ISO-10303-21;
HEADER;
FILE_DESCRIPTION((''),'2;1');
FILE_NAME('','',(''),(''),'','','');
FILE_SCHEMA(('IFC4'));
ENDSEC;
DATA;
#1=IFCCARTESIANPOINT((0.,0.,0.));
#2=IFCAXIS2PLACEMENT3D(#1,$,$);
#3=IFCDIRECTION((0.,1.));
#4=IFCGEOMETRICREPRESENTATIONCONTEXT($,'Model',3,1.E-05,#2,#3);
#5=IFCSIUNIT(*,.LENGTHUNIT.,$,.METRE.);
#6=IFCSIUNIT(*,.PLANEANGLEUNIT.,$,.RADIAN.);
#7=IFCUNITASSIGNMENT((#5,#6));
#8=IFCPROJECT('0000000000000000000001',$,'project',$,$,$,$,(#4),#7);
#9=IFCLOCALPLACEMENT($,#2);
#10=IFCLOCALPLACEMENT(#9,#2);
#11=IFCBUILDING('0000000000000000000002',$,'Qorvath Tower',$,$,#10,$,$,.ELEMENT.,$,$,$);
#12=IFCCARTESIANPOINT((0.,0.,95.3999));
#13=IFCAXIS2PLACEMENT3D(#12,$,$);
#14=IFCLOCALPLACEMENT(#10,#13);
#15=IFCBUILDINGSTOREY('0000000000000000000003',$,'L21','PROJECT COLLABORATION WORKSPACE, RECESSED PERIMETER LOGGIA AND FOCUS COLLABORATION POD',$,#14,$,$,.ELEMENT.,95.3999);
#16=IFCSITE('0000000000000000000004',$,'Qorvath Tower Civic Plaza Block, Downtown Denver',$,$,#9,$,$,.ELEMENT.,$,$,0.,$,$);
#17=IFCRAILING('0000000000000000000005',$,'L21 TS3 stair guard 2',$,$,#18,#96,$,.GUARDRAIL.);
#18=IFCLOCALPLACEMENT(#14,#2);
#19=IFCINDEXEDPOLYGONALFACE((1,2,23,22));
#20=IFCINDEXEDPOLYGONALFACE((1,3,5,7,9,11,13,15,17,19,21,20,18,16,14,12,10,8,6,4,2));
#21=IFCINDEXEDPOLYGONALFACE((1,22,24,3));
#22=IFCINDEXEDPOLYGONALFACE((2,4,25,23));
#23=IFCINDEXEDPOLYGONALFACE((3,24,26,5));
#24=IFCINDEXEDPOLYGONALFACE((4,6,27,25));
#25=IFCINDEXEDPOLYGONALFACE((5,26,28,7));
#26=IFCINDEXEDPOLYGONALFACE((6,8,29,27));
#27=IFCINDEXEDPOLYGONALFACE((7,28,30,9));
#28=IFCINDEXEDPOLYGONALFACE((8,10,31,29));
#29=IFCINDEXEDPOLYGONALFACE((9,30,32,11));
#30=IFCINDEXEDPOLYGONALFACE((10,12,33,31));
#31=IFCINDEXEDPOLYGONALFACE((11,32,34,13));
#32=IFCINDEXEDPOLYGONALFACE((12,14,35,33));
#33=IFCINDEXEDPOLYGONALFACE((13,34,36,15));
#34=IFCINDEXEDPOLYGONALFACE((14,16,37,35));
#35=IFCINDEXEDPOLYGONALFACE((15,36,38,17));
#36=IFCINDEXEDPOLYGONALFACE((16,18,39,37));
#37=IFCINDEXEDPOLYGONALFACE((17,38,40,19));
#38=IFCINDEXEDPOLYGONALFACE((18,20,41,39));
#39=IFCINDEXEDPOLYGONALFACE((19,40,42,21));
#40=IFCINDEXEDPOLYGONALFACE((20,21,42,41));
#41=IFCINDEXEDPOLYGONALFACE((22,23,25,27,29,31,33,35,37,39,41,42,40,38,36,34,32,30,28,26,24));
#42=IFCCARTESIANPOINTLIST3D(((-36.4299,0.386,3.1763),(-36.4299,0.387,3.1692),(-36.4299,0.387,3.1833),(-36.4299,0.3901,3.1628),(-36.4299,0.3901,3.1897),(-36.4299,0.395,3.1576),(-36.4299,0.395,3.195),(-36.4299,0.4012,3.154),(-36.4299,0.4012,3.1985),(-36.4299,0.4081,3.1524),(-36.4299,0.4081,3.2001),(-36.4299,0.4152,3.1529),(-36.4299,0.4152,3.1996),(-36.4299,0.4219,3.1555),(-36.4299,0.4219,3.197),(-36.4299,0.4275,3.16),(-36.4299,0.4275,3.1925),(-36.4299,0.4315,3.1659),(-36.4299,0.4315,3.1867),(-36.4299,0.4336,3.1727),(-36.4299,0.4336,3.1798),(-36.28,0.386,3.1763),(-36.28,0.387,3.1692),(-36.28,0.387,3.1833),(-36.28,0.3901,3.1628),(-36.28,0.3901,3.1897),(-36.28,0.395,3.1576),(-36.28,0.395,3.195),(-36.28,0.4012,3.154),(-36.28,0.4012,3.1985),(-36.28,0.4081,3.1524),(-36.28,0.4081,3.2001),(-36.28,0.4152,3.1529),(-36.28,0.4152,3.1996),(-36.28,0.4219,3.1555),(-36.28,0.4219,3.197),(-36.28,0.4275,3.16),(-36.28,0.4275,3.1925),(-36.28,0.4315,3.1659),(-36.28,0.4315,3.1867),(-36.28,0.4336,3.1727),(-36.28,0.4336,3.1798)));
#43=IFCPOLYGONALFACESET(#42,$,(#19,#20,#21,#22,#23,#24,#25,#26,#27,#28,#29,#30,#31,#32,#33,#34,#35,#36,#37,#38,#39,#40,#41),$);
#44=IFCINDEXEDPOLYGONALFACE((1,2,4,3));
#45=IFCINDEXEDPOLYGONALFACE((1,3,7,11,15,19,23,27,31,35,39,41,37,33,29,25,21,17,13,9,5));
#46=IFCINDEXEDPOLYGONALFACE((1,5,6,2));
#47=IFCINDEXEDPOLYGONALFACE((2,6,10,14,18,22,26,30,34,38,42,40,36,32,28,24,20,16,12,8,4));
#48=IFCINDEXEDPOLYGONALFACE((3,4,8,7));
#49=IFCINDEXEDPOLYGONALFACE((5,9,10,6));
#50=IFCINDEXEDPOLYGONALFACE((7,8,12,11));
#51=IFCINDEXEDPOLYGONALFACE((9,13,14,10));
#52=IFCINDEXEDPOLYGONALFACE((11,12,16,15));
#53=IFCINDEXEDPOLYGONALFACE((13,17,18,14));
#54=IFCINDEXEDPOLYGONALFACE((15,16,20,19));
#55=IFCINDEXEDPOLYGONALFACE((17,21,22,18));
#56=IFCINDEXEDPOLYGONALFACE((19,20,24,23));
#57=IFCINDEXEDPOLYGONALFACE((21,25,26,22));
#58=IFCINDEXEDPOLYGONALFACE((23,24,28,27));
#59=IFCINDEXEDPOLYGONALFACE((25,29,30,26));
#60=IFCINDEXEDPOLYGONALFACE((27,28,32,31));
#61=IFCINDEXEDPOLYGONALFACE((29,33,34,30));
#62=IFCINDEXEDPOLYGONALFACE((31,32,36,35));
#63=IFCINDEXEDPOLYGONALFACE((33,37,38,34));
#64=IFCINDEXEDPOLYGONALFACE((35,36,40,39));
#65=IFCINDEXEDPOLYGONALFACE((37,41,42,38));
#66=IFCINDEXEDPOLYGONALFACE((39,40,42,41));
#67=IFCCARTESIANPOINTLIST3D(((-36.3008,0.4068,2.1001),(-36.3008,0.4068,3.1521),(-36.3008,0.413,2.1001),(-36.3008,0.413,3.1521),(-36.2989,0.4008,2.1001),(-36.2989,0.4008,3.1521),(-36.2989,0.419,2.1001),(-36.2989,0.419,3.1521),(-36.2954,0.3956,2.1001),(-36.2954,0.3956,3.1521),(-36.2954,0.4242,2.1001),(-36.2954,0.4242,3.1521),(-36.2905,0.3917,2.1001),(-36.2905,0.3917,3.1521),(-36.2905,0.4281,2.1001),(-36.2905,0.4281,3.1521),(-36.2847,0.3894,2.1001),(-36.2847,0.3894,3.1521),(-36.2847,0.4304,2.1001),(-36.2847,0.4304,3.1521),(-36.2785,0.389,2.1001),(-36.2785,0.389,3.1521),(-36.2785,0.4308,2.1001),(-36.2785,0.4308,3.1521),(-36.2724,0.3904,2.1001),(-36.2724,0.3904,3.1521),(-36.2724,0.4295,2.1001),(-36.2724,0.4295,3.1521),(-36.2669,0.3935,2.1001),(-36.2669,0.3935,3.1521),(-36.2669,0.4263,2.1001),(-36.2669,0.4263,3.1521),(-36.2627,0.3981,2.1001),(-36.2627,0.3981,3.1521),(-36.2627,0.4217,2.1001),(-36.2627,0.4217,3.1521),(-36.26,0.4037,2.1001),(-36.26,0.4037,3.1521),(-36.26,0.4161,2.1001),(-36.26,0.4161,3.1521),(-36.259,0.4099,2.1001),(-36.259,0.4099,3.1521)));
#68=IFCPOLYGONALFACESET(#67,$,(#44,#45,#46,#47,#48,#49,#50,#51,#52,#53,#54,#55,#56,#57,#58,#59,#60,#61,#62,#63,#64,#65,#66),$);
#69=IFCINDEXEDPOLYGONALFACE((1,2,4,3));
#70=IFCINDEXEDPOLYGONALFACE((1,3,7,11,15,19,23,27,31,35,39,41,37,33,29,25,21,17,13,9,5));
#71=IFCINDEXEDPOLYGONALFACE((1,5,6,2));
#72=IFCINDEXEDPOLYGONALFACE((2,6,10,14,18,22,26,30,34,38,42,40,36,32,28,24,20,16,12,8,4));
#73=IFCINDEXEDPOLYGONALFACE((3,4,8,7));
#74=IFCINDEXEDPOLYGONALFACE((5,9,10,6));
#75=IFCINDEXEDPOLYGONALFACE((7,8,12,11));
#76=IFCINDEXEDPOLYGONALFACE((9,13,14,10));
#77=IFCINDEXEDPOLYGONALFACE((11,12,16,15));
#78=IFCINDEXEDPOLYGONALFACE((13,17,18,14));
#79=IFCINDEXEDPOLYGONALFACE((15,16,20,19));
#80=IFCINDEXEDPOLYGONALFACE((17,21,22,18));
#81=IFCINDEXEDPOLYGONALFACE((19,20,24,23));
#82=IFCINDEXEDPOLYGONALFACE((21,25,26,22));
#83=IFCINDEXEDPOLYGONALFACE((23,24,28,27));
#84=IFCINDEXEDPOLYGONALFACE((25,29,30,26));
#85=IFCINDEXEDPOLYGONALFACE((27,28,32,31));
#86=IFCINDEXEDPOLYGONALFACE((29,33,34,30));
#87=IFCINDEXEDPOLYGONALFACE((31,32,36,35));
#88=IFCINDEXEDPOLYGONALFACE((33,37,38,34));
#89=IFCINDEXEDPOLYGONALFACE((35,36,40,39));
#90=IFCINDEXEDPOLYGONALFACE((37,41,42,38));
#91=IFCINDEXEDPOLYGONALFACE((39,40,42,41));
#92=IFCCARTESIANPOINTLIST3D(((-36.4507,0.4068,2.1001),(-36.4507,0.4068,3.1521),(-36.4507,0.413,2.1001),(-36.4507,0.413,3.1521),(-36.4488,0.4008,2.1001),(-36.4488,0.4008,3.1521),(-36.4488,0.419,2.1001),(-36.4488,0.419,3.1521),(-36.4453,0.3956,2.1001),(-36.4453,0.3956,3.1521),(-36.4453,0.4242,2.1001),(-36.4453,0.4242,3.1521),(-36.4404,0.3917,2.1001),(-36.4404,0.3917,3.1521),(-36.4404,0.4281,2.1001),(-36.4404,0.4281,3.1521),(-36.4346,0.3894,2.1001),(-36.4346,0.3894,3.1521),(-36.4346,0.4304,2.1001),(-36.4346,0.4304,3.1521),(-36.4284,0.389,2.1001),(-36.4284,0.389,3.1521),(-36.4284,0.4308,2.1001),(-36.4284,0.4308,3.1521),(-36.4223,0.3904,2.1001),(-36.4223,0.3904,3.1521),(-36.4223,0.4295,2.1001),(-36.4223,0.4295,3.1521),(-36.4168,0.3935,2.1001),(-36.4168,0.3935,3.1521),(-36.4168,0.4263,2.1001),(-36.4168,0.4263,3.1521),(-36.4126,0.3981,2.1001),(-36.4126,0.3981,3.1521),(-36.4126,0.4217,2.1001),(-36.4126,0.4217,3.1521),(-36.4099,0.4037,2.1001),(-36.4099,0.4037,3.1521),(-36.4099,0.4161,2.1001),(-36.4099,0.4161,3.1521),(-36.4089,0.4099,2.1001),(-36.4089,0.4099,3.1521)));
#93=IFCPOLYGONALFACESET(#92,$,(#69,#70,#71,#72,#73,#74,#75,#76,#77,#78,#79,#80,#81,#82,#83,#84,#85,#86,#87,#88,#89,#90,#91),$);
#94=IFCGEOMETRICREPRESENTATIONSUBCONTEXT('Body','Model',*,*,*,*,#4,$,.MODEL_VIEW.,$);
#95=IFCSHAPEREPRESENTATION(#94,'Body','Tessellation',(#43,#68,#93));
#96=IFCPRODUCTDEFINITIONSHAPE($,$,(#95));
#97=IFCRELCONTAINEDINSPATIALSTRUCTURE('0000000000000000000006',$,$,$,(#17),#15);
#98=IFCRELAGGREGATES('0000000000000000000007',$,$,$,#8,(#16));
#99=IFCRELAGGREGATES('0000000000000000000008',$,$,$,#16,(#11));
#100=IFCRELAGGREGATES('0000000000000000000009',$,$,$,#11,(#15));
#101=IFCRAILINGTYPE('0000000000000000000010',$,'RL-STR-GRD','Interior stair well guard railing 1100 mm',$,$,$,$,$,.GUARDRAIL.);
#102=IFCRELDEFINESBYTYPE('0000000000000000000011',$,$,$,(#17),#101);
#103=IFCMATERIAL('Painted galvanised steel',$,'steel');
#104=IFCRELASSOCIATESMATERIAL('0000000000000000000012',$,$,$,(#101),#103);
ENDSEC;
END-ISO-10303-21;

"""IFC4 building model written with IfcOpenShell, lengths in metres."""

from ifc_helpers import new_model, si_unit, direction, frame, origin, origin_2d, place, context, subcontext, project, spatial, circle, extrude, material, type_object, element, save


model = new_model("IFC4")

# Units and contexts
model_context = context("Model", 3, precision=1e-05, world=origin(), true_north=direction((0.0, 1.0)))
body_context = subcontext(model_context, "Body", "Model", "MODEL_VIEW")
ifc_project = project(units=[si_unit("LENGTHUNIT", "METRE"), si_unit("PLANEANGLEUNIT", "RADIAN")], contexts=[model_context])

# Site, building, storey
site_placement = place(None, origin())
site = spatial("IfcSite", under=ifc_project, at=site_placement, Name="Qorvath Tower Civic Plaza Block, Downtown Denver", CompositionType="ELEMENT", RefElevation=0.0)
building_placement = place(site_placement, origin())
building = spatial("IfcBuilding", under=site, at=building_placement, Name="Qorvath Tower", CompositionType="ELEMENT")
storey_placement = place(building_placement, frame((0.0, 0.0, 95.3999)))
storey = spatial("IfcBuildingStorey", under=building, at=storey_placement, Name="L21", Description="PROJECT COLLABORATION WORKSPACE, RECESSED PERIMETER LOGGIA AND FOCUS COLLABORATION POD", CompositionType="ELEMENT", Elevation=95.3999)

# Railing
ifc_material_1 = material(Name="Painted galvanised steel", Category="steel")
railing_type_1 = type_object("IfcRailingType", Name="RL-STR-GRD", Description="Interior stair well guard railing 1100 mm", PredefinedType="GUARDRAIL", material=ifc_material_1)
railing_1_placement = place(storey_placement, frame((-36.28, 0.4099, 2.1001)))
element("IfcRailing", 1, at=railing_1_placement, inside=storey, type_object=railing_type_1, Name="L21 TS3 stair guard 2", PredefinedType="GUARDRAIL", context=body_context, shape_type="SweptSolid", body=[
    extrude(circle(Radius=0.0239, at=origin_2d()), frame((0.0, 0.0, 1.0762), z_axis=(-1.0, 0.0, 0.0), x_axis=(0.0, -1.0, 0.0)), (0.0, 0.0, 1.0), 0.1499),
    extrude(circle(Radius=0.021, at=origin_2d()), origin(), (0.0, 0.0, 1.0), 1.052),
    extrude(circle(Radius=0.021, at=origin_2d()), frame((-0.1499, 0.0, 0.0)), (0.0, 0.0, 1.0), 1.052),
])

save(model, "model.ifc")
